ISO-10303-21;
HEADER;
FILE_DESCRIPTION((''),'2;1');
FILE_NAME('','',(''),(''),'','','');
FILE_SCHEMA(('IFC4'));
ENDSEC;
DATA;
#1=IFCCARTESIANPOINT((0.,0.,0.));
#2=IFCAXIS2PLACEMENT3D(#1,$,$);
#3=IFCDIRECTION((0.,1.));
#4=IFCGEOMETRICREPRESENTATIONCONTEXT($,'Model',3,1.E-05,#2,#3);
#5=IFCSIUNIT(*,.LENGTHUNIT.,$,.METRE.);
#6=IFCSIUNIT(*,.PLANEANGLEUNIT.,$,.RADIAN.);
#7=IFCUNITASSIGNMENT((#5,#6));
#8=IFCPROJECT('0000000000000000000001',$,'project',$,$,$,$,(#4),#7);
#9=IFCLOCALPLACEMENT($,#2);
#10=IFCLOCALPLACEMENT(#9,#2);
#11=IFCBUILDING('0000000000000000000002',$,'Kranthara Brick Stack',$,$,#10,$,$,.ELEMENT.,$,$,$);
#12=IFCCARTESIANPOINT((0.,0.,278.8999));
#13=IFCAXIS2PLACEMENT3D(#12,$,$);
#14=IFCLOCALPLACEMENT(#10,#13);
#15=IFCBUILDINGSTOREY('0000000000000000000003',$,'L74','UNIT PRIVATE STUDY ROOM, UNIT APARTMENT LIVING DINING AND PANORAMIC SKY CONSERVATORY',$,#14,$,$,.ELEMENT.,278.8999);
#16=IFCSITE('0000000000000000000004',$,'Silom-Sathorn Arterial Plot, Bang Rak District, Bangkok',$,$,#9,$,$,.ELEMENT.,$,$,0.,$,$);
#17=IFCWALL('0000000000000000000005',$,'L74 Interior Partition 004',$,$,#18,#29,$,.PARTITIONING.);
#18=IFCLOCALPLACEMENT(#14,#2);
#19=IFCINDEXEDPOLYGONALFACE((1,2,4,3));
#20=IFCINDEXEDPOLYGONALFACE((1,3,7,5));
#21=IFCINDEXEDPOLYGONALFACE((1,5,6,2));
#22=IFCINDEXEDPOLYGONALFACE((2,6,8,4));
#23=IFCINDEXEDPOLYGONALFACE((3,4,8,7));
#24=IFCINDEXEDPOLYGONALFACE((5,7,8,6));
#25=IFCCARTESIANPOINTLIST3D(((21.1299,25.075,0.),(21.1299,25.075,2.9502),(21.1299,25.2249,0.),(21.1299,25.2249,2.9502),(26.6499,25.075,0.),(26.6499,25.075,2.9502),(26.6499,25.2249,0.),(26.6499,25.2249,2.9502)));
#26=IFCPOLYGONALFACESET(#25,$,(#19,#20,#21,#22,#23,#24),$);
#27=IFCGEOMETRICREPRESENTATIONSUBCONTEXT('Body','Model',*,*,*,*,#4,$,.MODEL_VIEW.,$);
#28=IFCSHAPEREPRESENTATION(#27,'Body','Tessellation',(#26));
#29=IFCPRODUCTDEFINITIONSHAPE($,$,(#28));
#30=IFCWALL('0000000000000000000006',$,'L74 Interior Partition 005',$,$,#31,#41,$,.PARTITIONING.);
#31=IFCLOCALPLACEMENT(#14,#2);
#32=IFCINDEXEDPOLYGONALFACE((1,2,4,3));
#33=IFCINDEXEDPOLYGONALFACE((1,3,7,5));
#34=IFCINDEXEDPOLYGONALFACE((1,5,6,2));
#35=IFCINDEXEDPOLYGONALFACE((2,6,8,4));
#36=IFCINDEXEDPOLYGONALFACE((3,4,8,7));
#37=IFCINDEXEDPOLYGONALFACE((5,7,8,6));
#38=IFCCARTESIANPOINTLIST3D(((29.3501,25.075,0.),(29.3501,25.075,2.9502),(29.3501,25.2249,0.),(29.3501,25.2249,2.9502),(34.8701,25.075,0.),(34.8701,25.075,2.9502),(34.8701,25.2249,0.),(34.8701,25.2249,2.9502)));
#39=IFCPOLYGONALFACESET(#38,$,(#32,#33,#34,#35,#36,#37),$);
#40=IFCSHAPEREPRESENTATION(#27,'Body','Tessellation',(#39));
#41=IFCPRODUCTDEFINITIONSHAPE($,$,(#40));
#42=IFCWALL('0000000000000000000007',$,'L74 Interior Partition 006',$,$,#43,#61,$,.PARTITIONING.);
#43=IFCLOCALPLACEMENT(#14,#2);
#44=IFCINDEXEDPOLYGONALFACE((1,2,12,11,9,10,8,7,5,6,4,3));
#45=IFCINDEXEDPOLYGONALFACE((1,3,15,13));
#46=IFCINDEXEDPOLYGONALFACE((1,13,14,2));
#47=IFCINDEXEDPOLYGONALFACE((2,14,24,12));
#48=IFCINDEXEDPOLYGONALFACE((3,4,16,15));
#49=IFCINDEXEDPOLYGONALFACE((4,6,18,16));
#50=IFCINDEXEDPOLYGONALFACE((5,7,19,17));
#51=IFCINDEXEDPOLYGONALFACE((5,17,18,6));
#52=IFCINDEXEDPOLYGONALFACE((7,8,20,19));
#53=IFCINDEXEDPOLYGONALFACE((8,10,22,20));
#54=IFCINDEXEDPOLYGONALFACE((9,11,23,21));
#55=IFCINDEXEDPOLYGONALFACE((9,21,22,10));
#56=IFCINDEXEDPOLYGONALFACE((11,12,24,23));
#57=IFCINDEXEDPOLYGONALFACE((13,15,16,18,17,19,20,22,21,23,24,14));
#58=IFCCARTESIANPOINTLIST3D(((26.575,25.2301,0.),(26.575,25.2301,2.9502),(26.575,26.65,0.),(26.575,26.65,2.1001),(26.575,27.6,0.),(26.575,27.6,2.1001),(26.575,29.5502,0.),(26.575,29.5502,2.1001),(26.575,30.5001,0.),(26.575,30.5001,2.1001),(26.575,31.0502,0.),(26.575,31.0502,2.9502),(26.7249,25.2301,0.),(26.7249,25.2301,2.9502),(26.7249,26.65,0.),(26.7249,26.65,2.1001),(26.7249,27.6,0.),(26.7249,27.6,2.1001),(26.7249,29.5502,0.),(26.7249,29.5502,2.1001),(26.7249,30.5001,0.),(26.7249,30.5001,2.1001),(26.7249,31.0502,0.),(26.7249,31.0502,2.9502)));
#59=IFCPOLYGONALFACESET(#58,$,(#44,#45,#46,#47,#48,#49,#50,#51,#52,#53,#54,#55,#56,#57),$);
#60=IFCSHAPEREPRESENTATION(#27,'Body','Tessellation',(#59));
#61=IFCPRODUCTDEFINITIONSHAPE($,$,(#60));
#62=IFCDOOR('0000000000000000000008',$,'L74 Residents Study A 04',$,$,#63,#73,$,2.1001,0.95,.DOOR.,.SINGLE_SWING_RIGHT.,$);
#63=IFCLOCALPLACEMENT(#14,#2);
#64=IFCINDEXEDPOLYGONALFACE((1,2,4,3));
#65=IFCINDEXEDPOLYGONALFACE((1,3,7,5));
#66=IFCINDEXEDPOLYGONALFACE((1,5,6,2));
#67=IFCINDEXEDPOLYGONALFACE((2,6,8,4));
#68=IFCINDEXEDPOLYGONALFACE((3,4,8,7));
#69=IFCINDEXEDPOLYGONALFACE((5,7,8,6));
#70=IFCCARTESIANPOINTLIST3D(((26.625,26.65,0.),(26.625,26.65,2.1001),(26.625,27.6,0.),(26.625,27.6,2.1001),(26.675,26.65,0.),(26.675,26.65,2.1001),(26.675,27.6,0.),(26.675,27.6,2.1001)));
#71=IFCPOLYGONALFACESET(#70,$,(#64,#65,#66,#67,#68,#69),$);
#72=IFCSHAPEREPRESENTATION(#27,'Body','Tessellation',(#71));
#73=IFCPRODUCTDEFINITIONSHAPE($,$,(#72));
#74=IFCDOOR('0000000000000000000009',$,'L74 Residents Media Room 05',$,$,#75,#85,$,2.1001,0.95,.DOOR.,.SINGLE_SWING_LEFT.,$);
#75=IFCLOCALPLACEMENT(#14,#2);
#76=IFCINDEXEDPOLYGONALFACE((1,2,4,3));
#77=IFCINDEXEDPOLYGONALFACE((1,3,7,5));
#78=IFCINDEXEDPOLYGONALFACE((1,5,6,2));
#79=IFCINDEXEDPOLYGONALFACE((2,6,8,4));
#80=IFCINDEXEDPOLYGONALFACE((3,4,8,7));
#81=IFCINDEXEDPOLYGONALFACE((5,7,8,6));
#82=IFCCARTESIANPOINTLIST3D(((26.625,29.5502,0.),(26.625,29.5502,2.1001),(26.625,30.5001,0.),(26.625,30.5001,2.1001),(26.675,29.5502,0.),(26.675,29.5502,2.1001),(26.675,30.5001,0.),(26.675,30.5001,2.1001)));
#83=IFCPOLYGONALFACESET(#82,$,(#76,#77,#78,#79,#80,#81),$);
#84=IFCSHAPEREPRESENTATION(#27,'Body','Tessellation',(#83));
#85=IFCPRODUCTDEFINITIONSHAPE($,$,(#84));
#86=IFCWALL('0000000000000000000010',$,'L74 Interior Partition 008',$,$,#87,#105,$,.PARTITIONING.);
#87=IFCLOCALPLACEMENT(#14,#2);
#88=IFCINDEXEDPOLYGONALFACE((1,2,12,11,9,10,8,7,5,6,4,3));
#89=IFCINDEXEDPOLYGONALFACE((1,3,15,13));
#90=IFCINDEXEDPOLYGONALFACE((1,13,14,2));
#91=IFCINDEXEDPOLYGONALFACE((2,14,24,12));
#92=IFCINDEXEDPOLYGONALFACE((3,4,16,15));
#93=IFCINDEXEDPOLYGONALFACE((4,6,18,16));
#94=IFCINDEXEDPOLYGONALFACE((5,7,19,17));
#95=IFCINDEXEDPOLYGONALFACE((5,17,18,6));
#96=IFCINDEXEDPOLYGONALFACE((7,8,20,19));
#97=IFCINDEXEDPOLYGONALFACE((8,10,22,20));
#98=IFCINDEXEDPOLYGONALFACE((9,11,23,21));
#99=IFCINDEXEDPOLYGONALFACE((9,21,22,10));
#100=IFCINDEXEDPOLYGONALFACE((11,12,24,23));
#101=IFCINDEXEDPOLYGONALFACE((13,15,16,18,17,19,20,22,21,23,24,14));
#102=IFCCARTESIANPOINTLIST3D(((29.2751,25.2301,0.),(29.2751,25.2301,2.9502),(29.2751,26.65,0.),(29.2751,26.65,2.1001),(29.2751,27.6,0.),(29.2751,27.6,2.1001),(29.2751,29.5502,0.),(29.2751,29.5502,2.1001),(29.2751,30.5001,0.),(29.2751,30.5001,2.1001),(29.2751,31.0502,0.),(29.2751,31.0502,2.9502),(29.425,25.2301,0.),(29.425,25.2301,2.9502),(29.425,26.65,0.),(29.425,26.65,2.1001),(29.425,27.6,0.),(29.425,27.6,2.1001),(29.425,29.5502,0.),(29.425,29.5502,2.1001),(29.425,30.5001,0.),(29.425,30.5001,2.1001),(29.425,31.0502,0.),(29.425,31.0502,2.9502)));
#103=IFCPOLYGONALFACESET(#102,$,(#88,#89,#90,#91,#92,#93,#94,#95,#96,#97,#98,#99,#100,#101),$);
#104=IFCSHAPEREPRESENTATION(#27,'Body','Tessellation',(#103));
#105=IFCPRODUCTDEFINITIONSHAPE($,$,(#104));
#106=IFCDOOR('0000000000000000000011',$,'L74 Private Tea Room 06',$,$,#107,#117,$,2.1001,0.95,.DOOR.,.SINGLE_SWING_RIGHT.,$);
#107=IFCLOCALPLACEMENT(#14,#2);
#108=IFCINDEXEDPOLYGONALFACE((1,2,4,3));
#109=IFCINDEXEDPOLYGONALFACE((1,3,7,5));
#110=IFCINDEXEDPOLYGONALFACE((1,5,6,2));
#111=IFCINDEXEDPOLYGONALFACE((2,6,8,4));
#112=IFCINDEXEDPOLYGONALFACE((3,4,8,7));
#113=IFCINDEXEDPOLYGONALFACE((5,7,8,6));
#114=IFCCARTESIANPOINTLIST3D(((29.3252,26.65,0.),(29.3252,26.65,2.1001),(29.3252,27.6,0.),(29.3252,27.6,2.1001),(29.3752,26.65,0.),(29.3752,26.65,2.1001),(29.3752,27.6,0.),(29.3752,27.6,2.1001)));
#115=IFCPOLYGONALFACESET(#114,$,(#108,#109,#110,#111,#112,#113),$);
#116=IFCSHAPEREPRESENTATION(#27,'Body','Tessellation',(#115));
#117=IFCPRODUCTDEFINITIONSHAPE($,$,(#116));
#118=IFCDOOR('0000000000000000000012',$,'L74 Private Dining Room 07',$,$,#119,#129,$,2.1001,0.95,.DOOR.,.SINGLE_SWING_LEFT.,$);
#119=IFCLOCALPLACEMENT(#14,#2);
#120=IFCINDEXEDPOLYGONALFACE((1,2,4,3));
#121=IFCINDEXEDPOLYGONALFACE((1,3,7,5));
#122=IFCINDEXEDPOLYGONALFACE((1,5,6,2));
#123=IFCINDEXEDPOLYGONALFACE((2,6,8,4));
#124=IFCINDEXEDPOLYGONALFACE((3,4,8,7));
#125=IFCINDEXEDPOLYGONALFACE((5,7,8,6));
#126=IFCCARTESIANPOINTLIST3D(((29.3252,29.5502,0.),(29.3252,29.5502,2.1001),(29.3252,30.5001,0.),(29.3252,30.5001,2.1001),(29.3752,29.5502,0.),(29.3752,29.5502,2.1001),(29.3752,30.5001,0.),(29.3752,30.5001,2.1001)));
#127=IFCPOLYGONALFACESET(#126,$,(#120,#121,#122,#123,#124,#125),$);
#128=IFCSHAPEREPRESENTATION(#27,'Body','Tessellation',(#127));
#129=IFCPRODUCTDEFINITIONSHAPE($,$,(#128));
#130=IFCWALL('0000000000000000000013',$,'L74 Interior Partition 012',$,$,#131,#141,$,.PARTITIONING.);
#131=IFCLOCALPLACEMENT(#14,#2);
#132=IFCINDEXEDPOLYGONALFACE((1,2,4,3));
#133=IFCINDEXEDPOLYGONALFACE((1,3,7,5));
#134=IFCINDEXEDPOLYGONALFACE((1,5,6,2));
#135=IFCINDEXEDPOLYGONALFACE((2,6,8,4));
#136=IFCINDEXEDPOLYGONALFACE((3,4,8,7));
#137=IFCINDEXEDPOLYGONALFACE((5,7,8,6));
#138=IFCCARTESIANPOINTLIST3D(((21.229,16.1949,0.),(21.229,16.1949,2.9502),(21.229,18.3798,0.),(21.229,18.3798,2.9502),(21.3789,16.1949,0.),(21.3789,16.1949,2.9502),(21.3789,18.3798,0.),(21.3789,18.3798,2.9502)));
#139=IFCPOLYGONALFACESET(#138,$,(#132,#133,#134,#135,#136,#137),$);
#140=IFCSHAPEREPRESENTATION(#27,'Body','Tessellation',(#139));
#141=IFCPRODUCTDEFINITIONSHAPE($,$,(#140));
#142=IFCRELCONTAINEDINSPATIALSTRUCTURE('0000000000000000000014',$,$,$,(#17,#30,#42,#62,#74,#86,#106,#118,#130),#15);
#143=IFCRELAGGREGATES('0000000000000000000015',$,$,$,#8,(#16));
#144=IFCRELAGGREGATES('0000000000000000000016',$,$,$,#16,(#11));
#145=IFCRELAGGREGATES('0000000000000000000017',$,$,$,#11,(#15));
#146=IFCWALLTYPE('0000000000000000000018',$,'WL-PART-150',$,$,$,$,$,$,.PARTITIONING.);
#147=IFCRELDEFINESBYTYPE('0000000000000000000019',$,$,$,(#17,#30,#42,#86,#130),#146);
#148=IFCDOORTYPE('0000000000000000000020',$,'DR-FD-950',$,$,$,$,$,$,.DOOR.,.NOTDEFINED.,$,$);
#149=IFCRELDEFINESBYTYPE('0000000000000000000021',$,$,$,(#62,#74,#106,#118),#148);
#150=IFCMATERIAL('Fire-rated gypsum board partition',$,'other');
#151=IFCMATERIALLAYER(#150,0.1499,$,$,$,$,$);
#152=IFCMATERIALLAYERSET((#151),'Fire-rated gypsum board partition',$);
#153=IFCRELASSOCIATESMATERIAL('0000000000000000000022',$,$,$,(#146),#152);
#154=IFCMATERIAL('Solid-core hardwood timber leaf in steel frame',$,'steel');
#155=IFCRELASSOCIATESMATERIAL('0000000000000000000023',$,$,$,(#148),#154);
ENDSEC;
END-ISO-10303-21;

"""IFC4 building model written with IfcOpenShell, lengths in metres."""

from ifc_helpers import new_model, si_unit, direction, frame, frame_2d, origin, place, context, subcontext, project, spatial, rectangle, extrude, material, layer, layer_set, type_object, element, fill, save


model = new_model("IFC4")

# Units and contexts
model_context = context("Model", 3, precision=1e-05, world=origin(), true_north=direction((0.0, 1.0)))
body_context = subcontext(model_context, "Body", "Model", "MODEL_VIEW")
ifc_project = project(units=[si_unit("LENGTHUNIT", "METRE"), si_unit("PLANEANGLEUNIT", "RADIAN")], contexts=[model_context])

# Site, building, storey
site_placement = place(None, origin())
site = spatial("IfcSite", under=ifc_project, at=site_placement, Name="Silom-Sathorn Arterial Plot, Bang Rak District, Bangkok", CompositionType="ELEMENT", RefElevation=0.0)
building_placement = place(site_placement, origin())
building = spatial("IfcBuilding", under=site, at=building_placement, Name="Kranthara Brick Stack", CompositionType="ELEMENT")
storey_placement = place(building_placement, frame((0.0, 0.0, 278.8999)))
storey = spatial("IfcBuildingStorey", under=building, at=storey_placement, Name="L74", Description="UNIT PRIVATE STUDY ROOM, UNIT APARTMENT LIVING DINING AND PANORAMIC SKY CONSERVATORY", CompositionType="ELEMENT", Elevation=278.8999)

# Walls
ifc_material_1 = material(Name="Fire-rated gypsum board partition", Category="other")
ifc_layer_1 = layer(ifc_material_1, 0.1499)
ifc_layer_set_1 = layer_set([ifc_layer_1], Name="Fire-rated gypsum board partition")
wall_type_1 = type_object("IfcWallType", Name="WL-PART-150", PredefinedType="PARTITIONING", material=ifc_layer_set_1)
for number, where, z_axis, x_axis, name in (
    (1, (21.1299, 25.1499, 0.0), (0.0, 0.0, 1.0), (1.0, 0.0, 0.0), "L74 Interior Partition 004"),
    (2, (29.3501, 25.1499, 0.0), (0.0, 0.0, 1.0), (1.0, 0.0, 0.0), "L74 Interior Partition 005"),
):
    element("IfcWall", number, at=place(storey_placement, frame(where, z_axis=z_axis, x_axis=x_axis)), inside=storey, type_object=wall_type_1, Name=name, PredefinedType="PARTITIONING", context=body_context, shape_type="SweptSolid", body=[
        extrude(rectangle(XDim=5.52, YDim=0.1499, at=frame_2d((2.76, 0.0))), origin(), (0.0, 0.0, 1.0), 2.9502),
    ])

# Walls, openings, doors
wall_1_placement = place(storey_placement, frame((26.6499, 25.23, 0.0), z_axis=(0.0, 0.0, 1.0), x_axis=(0.0, 1.0, 0.0)))
wall_1 = element("IfcWall", 3, at=wall_1_placement, inside=storey, type_object=wall_type_1, Name="L74 Interior Partition 006", PredefinedType="PARTITIONING", context=body_context, shape_type="SweptSolid", body=[
    extrude(rectangle(XDim=5.8201, YDim=0.1499, at=frame_2d((2.9102, 0.0))), origin(), (0.0, 0.0, 1.0), 2.9502),
])
opening_1_placement = place(wall_1_placement, frame((1.4199, 0.0, 0.0)))
opening_1 = element("IfcOpeningElement", 4, at=opening_1_placement, cuts=wall_1, PredefinedType="OPENING", context=body_context, shape_type="SweptSolid", body=[
    extrude(rectangle(XDim=0.95, YDim=2.1001, at=frame_2d((0.4751, 1.05))), frame((0.0, 0.085, 0.0), z_axis=(0.0, -1.0, 0.0), x_axis=(1.0, 0.0, 0.0)), (0.0, 0.0, 1.0), 0.1699),
])
opening_2_placement = place(wall_1_placement, frame((4.3201, 0.0, 0.0)))
opening_2 = element("IfcOpeningElement", 5, at=opening_2_placement, cuts=wall_1, PredefinedType="OPENING", context=body_context, shape_type="SweptSolid", body=[
    extrude(rectangle(XDim=0.95, YDim=2.1001, at=frame_2d((0.4751, 1.05))), frame((0.0, 0.085, 0.0), z_axis=(0.0, -1.0, 0.0), x_axis=(1.0, 0.0, 0.0)), (0.0, 0.0, 1.0), 0.1699),
])
ifc_material_2 = material(Name="Solid-core hardwood timber leaf in steel frame", Category="steel")
door_type_1 = type_object("IfcDoorType", Name="DR-FD-950", OperationType="NOTDEFINED", PredefinedType="DOOR", material=ifc_material_2)
door_1_placement = place(opening_1_placement, origin())
door_1 = element("IfcDoor", 6, at=door_1_placement, inside=storey, type_object=door_type_1, Name="L74 Residents Study A 04", OperationType="SINGLE_SWING_RIGHT", OverallHeight=2.1001, OverallWidth=0.95, PredefinedType="DOOR", context=body_context, shape_type="SweptSolid", body=[
    extrude(rectangle(XDim=0.95, YDim=2.1001, at=frame_2d((0.4751, 1.05))), frame((0.0, 0.0249, 0.0), z_axis=(0.0, -1.0, 0.0), x_axis=(1.0, 0.0, 0.0)), (0.0, 0.0, 1.0), 0.05),
])
fill(opening_1, door_1)
door_2_placement = place(opening_2_placement, origin())
door_2 = element("IfcDoor", 7, at=door_2_placement, inside=storey, type_object=door_type_1, Name="L74 Residents Media Room 05", OperationType="SINGLE_SWING_LEFT", OverallHeight=2.1001, OverallWidth=0.95, PredefinedType="DOOR", context=body_context, shape_type="SweptSolid", body=[
    extrude(rectangle(XDim=0.95, YDim=2.1001, at=frame_2d((0.4751, 1.05))), frame((0.0, 0.0249, 0.0), z_axis=(0.0, -1.0, 0.0), x_axis=(1.0, 0.0, 0.0)), (0.0, 0.0, 1.0), 0.05),
])
fill(opening_2, door_2)
wall_2_placement = place(storey_placement, frame((29.3501, 25.23, 0.0), z_axis=(0.0, 0.0, 1.0), x_axis=(0.0, 1.0, 0.0)))
wall_2 = element("IfcWall", 8, at=wall_2_placement, inside=storey, type_object=wall_type_1, Name="L74 Interior Partition 008", PredefinedType="PARTITIONING", context=body_context, shape_type="SweptSolid", body=[
    extrude(rectangle(XDim=5.8201, YDim=0.1499, at=frame_2d((2.9102, 0.0))), origin(), (0.0, 0.0, 1.0), 2.9502),
])
opening_3_placement = place(wall_2_placement, frame((1.4199, 0.0, 0.0)))
opening_3 = element("IfcOpeningElement", 9, at=opening_3_placement, cuts=wall_2, PredefinedType="OPENING", context=body_context, shape_type="SweptSolid", body=[
    extrude(rectangle(XDim=0.95, YDim=2.1001, at=frame_2d((0.4751, 1.05))), frame((0.0, 0.085, 0.0), z_axis=(0.0, -1.0, 0.0), x_axis=(1.0, 0.0, 0.0)), (0.0, 0.0, 1.0), 0.1699),
])
opening_4_placement = place(wall_2_placement, frame((4.3201, 0.0, 0.0)))
opening_4 = element("IfcOpeningElement", 10, at=opening_4_placement, cuts=wall_2, PredefinedType="OPENING", context=body_context, shape_type="SweptSolid", body=[
    extrude(rectangle(XDim=0.95, YDim=2.1001, at=frame_2d((0.4751, 1.05))), frame((0.0, 0.085, 0.0), z_axis=(0.0, -1.0, 0.0), x_axis=(1.0, 0.0, 0.0)), (0.0, 0.0, 1.0), 0.1699),
])
door_3_placement = place(opening_3_placement, origin())
door_3 = element("IfcDoor", 11, at=door_3_placement, inside=storey, type_object=door_type_1, Name="L74 Private Tea Room 06", OperationType="SINGLE_SWING_RIGHT", OverallHeight=2.1001, OverallWidth=0.95, PredefinedType="DOOR", context=body_context, shape_type="SweptSolid", body=[
    extrude(rectangle(XDim=0.95, YDim=2.1001, at=frame_2d((0.4751, 1.05))), frame((0.0, 0.0249, 0.0), z_axis=(0.0, -1.0, 0.0), x_axis=(1.0, 0.0, 0.0)), (0.0, 0.0, 1.0), 0.05),
])
fill(opening_3, door_3)
door_4_placement = place(opening_4_placement, origin())
door_4 = element("IfcDoor", 12, at=door_4_placement, inside=storey, type_object=door_type_1, Name="L74 Private Dining Room 07", OperationType="SINGLE_SWING_LEFT", OverallHeight=2.1001, OverallWidth=0.95, PredefinedType="DOOR", context=body_context, shape_type="SweptSolid", body=[
    extrude(rectangle(XDim=0.95, YDim=2.1001, at=frame_2d((0.4751, 1.05))), frame((0.0, 0.0249, 0.0), z_axis=(0.0, -1.0, 0.0), x_axis=(1.0, 0.0, 0.0)), (0.0, 0.0, 1.0), 0.05),
])
fill(opening_4, door_4)

# Wall
wall_3_placement = place(storey_placement, frame((21.304, 16.1951, 0.0), z_axis=(0.0, 0.0, 1.0), x_axis=(0.0, 1.0, 0.0)))
element("IfcWall", 13, at=wall_3_placement, inside=storey, type_object=wall_type_1, Name="L74 Interior Partition 012", PredefinedType="PARTITIONING", context=body_context, shape_type="SweptSolid", body=[
    extrude(rectangle(XDim=2.1848, YDim=0.1499, at=frame_2d((1.0923, 0.0))), origin(), (0.0, 0.0, 1.0), 2.9502),
])

save(model, "model.ifc")
